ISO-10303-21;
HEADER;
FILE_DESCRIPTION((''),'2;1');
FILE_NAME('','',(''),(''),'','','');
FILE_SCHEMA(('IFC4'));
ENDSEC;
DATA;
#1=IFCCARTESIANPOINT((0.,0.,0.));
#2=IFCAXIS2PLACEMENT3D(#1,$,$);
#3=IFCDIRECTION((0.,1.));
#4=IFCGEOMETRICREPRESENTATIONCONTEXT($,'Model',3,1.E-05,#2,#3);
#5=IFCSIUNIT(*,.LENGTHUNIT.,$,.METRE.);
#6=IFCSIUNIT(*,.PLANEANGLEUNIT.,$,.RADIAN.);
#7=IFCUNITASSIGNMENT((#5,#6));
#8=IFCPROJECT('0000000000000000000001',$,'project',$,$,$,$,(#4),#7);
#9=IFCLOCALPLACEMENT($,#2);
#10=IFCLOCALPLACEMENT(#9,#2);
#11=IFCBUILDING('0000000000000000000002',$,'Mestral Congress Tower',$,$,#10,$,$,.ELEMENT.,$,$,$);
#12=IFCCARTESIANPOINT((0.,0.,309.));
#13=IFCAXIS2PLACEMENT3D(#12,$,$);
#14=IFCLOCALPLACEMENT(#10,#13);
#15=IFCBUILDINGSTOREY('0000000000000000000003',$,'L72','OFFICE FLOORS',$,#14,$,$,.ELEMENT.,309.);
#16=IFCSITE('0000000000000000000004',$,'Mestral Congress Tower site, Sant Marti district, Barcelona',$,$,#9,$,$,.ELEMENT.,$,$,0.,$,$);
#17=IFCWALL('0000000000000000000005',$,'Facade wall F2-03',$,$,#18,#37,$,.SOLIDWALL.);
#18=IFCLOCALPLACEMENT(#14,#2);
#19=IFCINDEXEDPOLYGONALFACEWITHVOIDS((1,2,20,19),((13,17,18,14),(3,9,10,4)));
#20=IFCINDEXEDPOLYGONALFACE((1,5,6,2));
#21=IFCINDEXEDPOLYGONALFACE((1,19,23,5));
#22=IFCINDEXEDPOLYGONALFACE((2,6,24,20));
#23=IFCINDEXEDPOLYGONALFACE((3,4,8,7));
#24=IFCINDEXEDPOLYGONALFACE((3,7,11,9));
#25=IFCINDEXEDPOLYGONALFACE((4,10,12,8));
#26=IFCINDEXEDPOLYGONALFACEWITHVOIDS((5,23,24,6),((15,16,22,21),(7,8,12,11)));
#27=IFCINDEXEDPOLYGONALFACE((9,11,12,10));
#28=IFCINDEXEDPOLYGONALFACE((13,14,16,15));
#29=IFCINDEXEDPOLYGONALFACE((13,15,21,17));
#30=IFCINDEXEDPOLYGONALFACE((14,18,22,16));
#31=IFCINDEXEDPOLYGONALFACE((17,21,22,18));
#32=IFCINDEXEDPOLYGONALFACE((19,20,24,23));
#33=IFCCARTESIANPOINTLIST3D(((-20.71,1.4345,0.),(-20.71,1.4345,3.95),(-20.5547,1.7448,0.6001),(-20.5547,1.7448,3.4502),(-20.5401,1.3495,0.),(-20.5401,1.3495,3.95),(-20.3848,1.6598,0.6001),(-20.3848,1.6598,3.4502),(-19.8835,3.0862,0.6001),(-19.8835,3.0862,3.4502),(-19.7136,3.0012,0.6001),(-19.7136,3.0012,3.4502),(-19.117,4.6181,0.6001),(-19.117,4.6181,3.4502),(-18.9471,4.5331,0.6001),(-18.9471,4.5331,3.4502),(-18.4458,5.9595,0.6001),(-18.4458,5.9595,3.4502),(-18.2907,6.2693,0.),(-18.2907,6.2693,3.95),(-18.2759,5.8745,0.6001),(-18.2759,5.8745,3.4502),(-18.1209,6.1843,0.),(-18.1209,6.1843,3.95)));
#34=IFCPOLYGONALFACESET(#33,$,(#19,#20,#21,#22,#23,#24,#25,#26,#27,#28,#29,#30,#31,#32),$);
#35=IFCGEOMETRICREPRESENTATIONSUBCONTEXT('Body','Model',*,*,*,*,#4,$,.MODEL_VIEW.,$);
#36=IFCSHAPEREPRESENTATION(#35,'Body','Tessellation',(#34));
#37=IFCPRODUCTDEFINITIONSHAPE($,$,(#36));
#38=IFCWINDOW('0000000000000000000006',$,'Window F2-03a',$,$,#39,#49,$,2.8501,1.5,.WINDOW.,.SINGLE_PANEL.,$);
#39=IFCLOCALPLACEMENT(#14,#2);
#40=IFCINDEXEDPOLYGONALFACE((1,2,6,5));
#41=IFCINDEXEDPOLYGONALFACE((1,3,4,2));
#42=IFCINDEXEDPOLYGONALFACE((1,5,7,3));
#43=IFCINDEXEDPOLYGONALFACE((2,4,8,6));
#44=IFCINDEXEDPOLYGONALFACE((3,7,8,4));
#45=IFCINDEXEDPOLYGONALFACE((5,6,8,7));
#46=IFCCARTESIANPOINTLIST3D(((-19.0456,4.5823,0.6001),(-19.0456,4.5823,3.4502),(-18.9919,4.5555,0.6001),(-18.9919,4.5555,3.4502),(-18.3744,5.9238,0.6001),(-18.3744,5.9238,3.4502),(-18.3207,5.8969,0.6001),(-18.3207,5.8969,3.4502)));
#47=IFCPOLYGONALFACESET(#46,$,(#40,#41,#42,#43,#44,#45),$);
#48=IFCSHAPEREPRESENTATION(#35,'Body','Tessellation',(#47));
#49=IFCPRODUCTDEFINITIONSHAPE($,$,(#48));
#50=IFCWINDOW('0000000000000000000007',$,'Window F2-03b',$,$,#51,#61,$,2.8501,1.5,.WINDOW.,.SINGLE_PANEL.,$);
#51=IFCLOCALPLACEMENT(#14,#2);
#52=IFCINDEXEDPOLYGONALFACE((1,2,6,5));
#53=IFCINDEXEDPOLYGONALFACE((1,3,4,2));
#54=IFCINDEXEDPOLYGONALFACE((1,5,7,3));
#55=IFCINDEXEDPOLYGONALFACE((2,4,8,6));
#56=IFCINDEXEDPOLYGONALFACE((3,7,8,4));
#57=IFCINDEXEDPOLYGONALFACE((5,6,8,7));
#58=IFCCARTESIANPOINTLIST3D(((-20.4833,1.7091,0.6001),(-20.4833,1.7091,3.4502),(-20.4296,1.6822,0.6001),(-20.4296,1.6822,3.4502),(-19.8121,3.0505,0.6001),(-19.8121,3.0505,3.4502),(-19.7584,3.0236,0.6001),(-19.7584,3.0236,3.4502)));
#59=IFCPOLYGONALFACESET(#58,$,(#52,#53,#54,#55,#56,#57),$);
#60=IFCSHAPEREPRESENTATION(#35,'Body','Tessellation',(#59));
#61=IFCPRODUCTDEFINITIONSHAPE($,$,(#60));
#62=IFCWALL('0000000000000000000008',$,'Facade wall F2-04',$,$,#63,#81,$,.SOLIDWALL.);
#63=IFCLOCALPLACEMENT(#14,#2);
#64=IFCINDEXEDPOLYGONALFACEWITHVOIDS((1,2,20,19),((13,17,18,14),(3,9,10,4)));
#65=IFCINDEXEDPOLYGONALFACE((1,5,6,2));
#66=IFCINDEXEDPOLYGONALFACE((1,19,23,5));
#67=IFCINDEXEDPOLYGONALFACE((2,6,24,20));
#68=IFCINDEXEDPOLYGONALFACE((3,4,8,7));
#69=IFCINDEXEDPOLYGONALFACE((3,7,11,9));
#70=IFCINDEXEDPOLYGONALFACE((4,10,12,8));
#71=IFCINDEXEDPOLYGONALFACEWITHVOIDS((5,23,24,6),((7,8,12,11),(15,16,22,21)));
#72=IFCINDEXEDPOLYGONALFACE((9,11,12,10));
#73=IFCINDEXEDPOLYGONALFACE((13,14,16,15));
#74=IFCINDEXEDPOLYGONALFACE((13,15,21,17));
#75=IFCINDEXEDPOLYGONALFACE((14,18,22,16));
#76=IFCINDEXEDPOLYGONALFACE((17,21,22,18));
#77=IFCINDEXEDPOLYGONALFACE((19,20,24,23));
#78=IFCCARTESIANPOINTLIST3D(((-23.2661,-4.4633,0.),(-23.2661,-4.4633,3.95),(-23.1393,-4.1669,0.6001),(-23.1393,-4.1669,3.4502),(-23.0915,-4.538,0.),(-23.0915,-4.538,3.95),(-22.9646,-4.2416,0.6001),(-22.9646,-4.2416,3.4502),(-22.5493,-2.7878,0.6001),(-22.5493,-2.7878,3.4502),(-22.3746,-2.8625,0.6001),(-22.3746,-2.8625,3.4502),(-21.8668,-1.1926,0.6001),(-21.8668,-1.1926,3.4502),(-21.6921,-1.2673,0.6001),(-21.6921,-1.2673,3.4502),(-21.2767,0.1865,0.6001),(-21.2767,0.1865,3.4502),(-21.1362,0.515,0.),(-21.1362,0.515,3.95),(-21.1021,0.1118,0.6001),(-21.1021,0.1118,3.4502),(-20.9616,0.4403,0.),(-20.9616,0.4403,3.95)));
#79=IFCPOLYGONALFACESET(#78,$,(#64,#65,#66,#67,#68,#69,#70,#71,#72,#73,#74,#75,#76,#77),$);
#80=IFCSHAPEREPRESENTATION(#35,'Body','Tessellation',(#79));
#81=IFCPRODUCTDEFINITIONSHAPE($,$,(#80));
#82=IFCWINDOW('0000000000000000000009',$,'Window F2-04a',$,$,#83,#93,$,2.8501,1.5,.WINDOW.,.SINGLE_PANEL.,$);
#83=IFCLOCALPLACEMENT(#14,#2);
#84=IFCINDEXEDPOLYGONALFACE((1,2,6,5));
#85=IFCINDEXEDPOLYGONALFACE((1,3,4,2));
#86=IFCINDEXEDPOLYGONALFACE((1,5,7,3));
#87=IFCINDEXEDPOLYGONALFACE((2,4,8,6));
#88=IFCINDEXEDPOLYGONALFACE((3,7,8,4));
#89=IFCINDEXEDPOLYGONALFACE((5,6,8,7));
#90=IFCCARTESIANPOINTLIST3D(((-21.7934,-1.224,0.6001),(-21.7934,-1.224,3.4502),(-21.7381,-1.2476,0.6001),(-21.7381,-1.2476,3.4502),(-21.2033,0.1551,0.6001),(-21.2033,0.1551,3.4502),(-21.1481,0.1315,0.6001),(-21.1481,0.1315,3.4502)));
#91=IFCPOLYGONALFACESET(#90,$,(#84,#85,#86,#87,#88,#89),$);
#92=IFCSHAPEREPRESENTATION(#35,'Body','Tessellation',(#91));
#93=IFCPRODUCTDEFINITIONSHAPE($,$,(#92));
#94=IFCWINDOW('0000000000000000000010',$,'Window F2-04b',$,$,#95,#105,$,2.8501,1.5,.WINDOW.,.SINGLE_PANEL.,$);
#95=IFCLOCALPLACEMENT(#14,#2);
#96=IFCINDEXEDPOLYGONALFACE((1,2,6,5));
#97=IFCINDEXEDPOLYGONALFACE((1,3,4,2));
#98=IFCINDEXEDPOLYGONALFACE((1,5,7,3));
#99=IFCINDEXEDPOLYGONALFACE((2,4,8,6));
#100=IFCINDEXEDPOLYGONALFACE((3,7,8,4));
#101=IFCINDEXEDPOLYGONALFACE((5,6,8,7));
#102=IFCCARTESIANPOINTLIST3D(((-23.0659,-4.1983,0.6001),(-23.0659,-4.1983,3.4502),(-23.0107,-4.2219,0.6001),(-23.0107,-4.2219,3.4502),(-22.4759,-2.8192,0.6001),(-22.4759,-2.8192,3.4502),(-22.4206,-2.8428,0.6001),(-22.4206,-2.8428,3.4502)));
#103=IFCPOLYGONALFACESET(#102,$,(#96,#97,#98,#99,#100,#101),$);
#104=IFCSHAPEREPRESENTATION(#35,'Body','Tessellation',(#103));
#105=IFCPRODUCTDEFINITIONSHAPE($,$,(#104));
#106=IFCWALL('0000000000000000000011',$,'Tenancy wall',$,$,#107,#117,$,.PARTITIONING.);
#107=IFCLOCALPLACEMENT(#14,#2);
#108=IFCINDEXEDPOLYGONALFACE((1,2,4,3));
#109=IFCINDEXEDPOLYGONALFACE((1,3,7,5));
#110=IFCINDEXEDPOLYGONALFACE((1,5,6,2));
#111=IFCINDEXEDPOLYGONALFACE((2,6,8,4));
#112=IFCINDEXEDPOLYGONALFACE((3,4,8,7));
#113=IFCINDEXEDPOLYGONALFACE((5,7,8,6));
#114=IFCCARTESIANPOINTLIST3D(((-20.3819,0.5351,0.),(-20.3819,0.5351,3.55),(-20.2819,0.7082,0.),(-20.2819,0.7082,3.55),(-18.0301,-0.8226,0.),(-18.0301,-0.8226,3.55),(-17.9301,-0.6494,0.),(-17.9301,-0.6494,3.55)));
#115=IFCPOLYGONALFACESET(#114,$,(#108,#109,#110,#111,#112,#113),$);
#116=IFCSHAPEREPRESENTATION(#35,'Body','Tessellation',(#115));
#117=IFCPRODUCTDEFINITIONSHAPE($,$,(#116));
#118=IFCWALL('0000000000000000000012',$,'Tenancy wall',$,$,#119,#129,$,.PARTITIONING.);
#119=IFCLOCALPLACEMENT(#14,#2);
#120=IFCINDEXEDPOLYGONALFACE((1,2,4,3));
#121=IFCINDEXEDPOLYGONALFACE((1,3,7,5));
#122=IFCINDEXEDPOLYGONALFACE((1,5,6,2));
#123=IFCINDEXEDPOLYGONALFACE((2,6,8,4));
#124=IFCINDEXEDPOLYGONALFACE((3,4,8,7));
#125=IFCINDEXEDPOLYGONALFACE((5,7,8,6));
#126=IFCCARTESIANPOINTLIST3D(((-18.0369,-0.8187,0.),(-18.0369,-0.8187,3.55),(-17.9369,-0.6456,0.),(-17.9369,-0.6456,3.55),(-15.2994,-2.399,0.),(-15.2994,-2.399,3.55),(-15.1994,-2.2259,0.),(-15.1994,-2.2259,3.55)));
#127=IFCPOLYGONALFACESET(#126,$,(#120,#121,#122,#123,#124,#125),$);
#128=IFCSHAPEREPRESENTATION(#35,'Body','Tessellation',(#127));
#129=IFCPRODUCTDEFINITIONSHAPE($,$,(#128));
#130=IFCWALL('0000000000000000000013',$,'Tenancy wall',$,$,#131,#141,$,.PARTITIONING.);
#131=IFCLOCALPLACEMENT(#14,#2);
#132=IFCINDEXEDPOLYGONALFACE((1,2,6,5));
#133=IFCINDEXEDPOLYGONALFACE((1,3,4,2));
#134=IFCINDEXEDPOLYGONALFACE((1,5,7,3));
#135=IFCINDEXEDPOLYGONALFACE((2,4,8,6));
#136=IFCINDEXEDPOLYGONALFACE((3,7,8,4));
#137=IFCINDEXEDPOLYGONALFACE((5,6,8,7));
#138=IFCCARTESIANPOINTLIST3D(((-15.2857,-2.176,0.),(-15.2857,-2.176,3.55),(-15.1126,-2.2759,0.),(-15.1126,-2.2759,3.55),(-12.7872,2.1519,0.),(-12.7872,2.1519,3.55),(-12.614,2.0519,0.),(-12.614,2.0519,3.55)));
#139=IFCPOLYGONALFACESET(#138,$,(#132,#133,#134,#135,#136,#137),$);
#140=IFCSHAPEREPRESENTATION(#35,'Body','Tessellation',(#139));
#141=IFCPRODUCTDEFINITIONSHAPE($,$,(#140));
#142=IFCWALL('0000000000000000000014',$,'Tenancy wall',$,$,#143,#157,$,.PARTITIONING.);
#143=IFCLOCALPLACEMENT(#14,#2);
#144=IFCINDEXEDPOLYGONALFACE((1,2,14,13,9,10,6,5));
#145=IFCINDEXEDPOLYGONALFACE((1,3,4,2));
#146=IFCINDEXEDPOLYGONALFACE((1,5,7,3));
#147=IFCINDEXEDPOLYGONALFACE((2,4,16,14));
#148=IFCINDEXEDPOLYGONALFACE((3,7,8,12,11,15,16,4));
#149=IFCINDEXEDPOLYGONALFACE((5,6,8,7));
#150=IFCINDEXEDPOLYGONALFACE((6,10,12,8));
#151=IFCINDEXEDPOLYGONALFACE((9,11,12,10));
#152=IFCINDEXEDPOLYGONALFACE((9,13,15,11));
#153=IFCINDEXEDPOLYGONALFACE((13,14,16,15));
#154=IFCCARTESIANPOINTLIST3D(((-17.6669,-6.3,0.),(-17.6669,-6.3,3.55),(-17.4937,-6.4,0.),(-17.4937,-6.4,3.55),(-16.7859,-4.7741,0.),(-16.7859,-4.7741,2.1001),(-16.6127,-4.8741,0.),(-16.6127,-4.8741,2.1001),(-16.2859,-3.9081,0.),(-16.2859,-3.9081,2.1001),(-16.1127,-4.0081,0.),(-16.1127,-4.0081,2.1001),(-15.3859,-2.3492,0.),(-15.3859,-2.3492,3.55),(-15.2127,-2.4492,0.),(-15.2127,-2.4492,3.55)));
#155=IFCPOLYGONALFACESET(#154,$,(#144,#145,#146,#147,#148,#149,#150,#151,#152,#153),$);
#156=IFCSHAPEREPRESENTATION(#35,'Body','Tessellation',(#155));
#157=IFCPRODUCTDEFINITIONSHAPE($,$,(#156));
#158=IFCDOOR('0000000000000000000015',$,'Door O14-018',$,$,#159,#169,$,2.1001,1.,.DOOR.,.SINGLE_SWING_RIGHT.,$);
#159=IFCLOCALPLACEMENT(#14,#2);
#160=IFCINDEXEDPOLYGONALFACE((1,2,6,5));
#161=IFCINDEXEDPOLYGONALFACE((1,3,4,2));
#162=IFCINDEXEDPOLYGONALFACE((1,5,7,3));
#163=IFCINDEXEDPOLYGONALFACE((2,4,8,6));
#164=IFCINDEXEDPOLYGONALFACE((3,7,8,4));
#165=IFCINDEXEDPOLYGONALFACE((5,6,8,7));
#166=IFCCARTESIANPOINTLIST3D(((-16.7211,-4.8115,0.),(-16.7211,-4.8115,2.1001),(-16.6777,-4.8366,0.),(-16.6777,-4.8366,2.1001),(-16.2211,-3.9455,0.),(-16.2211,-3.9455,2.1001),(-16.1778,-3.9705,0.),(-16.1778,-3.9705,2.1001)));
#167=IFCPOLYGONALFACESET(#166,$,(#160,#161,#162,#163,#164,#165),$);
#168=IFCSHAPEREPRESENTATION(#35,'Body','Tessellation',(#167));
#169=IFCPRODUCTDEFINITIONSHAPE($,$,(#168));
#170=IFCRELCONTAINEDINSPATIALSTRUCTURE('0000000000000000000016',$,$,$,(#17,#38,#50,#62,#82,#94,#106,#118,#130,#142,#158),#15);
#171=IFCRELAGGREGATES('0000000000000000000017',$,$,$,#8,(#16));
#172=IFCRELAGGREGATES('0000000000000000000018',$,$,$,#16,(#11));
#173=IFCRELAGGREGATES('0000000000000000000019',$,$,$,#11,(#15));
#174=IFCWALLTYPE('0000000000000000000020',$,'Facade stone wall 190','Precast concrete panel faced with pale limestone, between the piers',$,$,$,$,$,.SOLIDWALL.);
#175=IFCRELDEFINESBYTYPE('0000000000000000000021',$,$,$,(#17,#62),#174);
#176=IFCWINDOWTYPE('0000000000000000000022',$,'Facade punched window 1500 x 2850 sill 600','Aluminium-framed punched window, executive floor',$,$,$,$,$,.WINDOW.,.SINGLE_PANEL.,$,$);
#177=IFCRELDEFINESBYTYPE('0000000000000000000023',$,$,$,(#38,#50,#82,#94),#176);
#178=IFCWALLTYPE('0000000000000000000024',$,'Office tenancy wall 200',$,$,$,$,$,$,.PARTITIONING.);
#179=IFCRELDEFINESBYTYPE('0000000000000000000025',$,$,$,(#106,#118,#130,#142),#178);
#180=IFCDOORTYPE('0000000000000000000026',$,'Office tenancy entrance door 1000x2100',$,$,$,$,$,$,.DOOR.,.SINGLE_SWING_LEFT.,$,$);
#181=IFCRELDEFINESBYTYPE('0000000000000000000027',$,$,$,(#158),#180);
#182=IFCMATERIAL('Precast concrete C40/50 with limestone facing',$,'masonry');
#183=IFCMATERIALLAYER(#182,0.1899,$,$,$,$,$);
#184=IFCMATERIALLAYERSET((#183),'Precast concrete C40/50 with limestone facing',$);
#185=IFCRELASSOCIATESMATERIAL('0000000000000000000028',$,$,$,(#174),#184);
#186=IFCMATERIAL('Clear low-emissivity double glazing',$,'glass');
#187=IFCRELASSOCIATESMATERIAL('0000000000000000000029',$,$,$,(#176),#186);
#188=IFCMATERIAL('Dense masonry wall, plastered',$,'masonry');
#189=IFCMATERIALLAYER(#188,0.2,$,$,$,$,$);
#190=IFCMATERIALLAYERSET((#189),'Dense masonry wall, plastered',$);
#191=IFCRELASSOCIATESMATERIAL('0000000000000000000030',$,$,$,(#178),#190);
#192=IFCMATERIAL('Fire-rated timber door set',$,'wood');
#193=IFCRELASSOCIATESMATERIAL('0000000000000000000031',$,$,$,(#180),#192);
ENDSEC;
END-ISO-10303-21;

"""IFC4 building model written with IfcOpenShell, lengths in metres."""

from ifc_helpers import new_model, si_unit, direction, frame, frame_2d, origin, place, context, subcontext, project, spatial, rectangle, extrude, material, layer, layer_set, type_object, element, fill, save


model = new_model("IFC4")

# Units and contexts
model_context = context("Model", 3, precision=1e-05, world=origin(), true_north=direction((0.0, 1.0)))
body_context = subcontext(model_context, "Body", "Model", "MODEL_VIEW")
ifc_project = project(units=[si_unit("LENGTHUNIT", "METRE"), si_unit("PLANEANGLEUNIT", "RADIAN")], contexts=[model_context])

# Site, building, storey
site_placement = place(None, origin())
site = spatial("IfcSite", under=ifc_project, at=site_placement, Name="Mestral Congress Tower site, Sant Marti district, Barcelona", CompositionType="ELEMENT", RefElevation=0.0)
building_placement = place(site_placement, origin())
building = spatial("IfcBuilding", under=site, at=building_placement, Name="Mestral Congress Tower", CompositionType="ELEMENT")
storey_placement = place(building_placement, frame((0.0, 0.0, 309.0)))
storey = spatial("IfcBuildingStorey", under=building, at=storey_placement, Name="L72", Description="OFFICE FLOORS", CompositionType="ELEMENT", Elevation=309.0)

# Walls, openings, windows
ifc_material_1 = material(Name="Precast concrete C40/50 with limestone facing", Category="masonry")
ifc_layer_1 = layer(ifc_material_1, 0.1899)
ifc_layer_set_1 = layer_set([ifc_layer_1], Name="Precast concrete C40/50 with limestone facing")
wall_type_1 = type_object("IfcWallType", Name="Facade stone wall 190", Description="Precast concrete panel faced with pale limestone, between the piers", PredefinedType="SOLIDWALL", material=ifc_layer_set_1)
wall_1_placement = place(storey_placement, frame((-18.2058, 6.2268, 0.0), z_axis=(0.0, 0.0, 1.0), x_axis=(-0.447485, -0.894292, 0.0)))
wall_1 = element("IfcWall", 1, at=wall_1_placement, inside=storey, type_object=wall_type_1, Name="Facade wall F2-03", PredefinedType="SOLIDWALL", context=body_context, shape_type="SweptSolid", body=[
    extrude(rectangle(XDim=5.4062, YDim=0.1899, at=frame_2d((2.7031, 0.0))), origin(), (0.0, 0.0, 1.0), 3.95),
])
opening_1_placement = place(wall_1_placement, frame((0.3464, 0.0, 0.6001)))
opening_1 = element("IfcOpeningElement", 2, at=opening_1_placement, cuts=wall_1, PredefinedType="OPENING", context=body_context, shape_type="SweptSolid", body=[
    extrude(rectangle(XDim=1.5, YDim=2.8501, at=frame_2d((0.75, 1.425))), frame((0.0, 0.105, 0.0), z_axis=(0.0, -1.0, 0.0), x_axis=(1.0, 0.0, 0.0)), (0.0, 0.0, 1.0), 0.21),
])
opening_2_placement = place(wall_1_placement, frame((3.5593, 0.0, 0.6001)))
opening_2 = element("IfcOpeningElement", 3, at=opening_2_placement, cuts=wall_1, PredefinedType="OPENING", context=body_context, shape_type="SweptSolid", body=[
    extrude(rectangle(XDim=1.5, YDim=2.8501, at=frame_2d((0.75, 1.425))), frame((0.0, 0.105, 0.0), z_axis=(0.0, -1.0, 0.0), x_axis=(1.0, 0.0, 0.0)), (0.0, 0.0, 1.0), 0.21),
])
ifc_material_2 = material(Name="Clear low-emissivity double glazing", Category="glass")
window_type = type_object("IfcWindowType", Name="Facade punched window 1500 x 2850 sill 600", Description="Aluminium-framed punched window, executive floor", PartitioningType="SINGLE_PANEL", PredefinedType="WINDOW", material=ifc_material_2)
window_1_placement = place(opening_1_placement, origin())
window_1 = element("IfcWindow", 4, at=window_1_placement, inside=storey, type_object=window_type, Name="Window F2-03a", OverallHeight=2.8501, OverallWidth=1.5, PartitioningType="SINGLE_PANEL", PredefinedType="WINDOW", context=body_context, shape_type="SweptSolid", body=[
    extrude(rectangle(XDim=1.5, YDim=2.8501, at=frame_2d((0.75, 1.425))), frame((0.0, 0.0449, 0.0), z_axis=(0.0, -1.0, 0.0), x_axis=(1.0, 0.0, 0.0)), (0.0, 0.0, 1.0), 0.0601),
])
fill(opening_1, window_1)
window_2_placement = place(opening_2_placement, origin())
window_2 = element("IfcWindow", 5, at=window_2_placement, inside=storey, type_object=window_type, Name="Window F2-03b", OverallHeight=2.8501, OverallWidth=1.5, PartitioningType="SINGLE_PANEL", PredefinedType="WINDOW", context=body_context, shape_type="SweptSolid", body=[
    extrude(rectangle(XDim=1.5, YDim=2.8501, at=frame_2d((0.75, 1.425))), frame((0.0, 0.0449, 0.0), z_axis=(0.0, -1.0, 0.0), x_axis=(1.0, 0.0, 0.0)), (0.0, 0.0, 1.0), 0.0601),
])
fill(opening_2, window_2)
wall_2_placement = place(storey_placement, frame((-21.0488, 0.4778, 0.0), z_axis=(0.0, 0.0, 1.0), x_axis=(-0.393348, -0.91939, 0.0)))
wall_2 = element("IfcWall", 6, at=wall_2_placement, inside=storey, type_object=wall_type_1, Name="Facade wall F2-04", PredefinedType="SOLIDWALL", context=body_context, shape_type="SweptSolid", body=[
    extrude(rectangle(XDim=5.4148, YDim=0.1899, at=frame_2d((2.7075, 0.0))), origin(), (0.0, 0.0, 1.0), 3.95),
])
opening_3_placement = place(wall_2_placement, frame((0.3574, 0.0, 0.6001)))
opening_3 = element("IfcOpeningElement", 7, at=opening_3_placement, cuts=wall_2, PredefinedType="OPENING", context=body_context, shape_type="SweptSolid", body=[
    extrude(rectangle(XDim=1.5, YDim=2.8501, at=frame_2d((0.75, 1.425))), frame((0.0, 0.105, 0.0), z_axis=(0.0, -1.0, 0.0), x_axis=(1.0, 0.0, 0.0)), (0.0, 0.0, 1.0), 0.21),
])
opening_4_placement = place(wall_2_placement, frame((3.5925, 0.0, 0.6001)))
opening_4 = element("IfcOpeningElement", 8, at=opening_4_placement, cuts=wall_2, PredefinedType="OPENING", context=body_context, shape_type="SweptSolid", body=[
    extrude(rectangle(XDim=1.5, YDim=2.8501, at=frame_2d((0.75, 1.425))), frame((0.0, 0.105, 0.0), z_axis=(0.0, -1.0, 0.0), x_axis=(1.0, 0.0, 0.0)), (0.0, 0.0, 1.0), 0.21),
])
window_3_placement = place(opening_3_placement, origin())
window_3 = element("IfcWindow", 9, at=window_3_placement, inside=storey, type_object=window_type, Name="Window F2-04a", OverallHeight=2.8501, OverallWidth=1.5, PartitioningType="SINGLE_PANEL", PredefinedType="WINDOW", context=body_context, shape_type="SweptSolid", body=[
    extrude(rectangle(XDim=1.5, YDim=2.8501, at=frame_2d((0.75, 1.425))), frame((0.0, 0.0449, 0.0), z_axis=(0.0, -1.0, 0.0), x_axis=(1.0, 0.0, 0.0)), (0.0, 0.0, 1.0), 0.0601),
])
fill(opening_3, window_3)
window_4_placement = place(opening_4_placement, origin())
window_4 = element("IfcWindow", 10, at=window_4_placement, inside=storey, type_object=window_type, Name="Window F2-04b", OverallHeight=2.8501, OverallWidth=1.5, PartitioningType="SINGLE_PANEL", PredefinedType="WINDOW", context=body_context, shape_type="SweptSolid", body=[
    extrude(rectangle(XDim=1.5, YDim=2.8501, at=frame_2d((0.75, 1.425))), frame((0.0, 0.0449, 0.0), z_axis=(0.0, -1.0, 0.0), x_axis=(1.0, 0.0, 0.0)), (0.0, 0.0, 1.0), 0.0601),
])
fill(opening_4, window_4)

# Walls
ifc_material_3 = material(Name="Dense masonry wall, plastered", Category="masonry")
ifc_layer_2 = layer(ifc_material_3, 0.2)
ifc_layer_set_2 = layer_set([ifc_layer_2], Name="Dense masonry wall, plastered")
wall_type_2 = type_object("IfcWallType", Name="Office tenancy wall 200", PredefinedType="PARTITIONING", material=ifc_layer_set_2)
wall_3_placement = place(storey_placement, frame((-17.98, -0.7361, 0.0), z_axis=(0.0, 0.0, 1.0), x_axis=(-0.866049, 0.499959, 0.0)))
element("IfcWall", 11, at=wall_3_placement, inside=storey, type_object=wall_type_2, Name="Tenancy wall", PredefinedType="PARTITIONING", context=body_context, shape_type="SweptSolid", body=[
    extrude(rectangle(XDim=2.7156, YDim=0.2, at=frame_2d((1.3579, 0.0))), origin(), (0.0, 0.0, 1.0), 3.55),
])
wall_4_placement = place(storey_placement, frame((-15.2493, -2.3125, 0.0), z_axis=(0.0, 0.0, 1.0), x_axis=(-0.866053, 0.499952, 0.0)))
element("IfcWall", 12, at=wall_4_placement, inside=storey, type_object=wall_type_2, Name="Tenancy wall", PredefinedType="PARTITIONING", context=body_context, shape_type="SweptSolid", body=[
    extrude(rectangle(XDim=3.1609, YDim=0.2, at=frame_2d((1.5806, 0.0))), origin(), (0.0, 0.0, 1.0), 3.55),
])
wall_5_placement = place(storey_placement, frame((-12.7007, 2.1018, 0.0), z_axis=(0.0, 0.0, 1.0), x_axis=(-0.499975, -0.86604, 0.0)))
element("IfcWall", 13, at=wall_5_placement, inside=storey, type_object=wall_type_2, Name="Tenancy wall", PredefinedType="PARTITIONING", context=body_context, shape_type="SweptSolid", body=[
    extrude(rectangle(XDim=4.9973, YDim=0.2, at=frame_2d((2.4985, 0.0))), origin(), (0.0, 0.0, 1.0), 3.55),
])

# Wall, opening, door
wall_6_placement = place(storey_placement, frame((-15.2993, -2.3992, 0.0), z_axis=(0.0, 0.0, 1.0), x_axis=(-0.49999, -0.866031, 0.0)))
wall_6 = element("IfcWall", 14, at=wall_6_placement, inside=storey, type_object=wall_type_2, Name="Tenancy wall", PredefinedType="PARTITIONING", context=body_context, shape_type="SweptSolid", body=[
    extrude(rectangle(XDim=4.562, YDim=0.2, at=frame_2d((2.281, 0.0))), origin(), (0.0, 0.0, 1.0), 3.55),
])
opening_5_placement = place(wall_6_placement, frame((1.8, 0.0, 0.0)))
opening_5 = element("IfcOpeningElement", 15, at=opening_5_placement, cuts=wall_6, PredefinedType="OPENING", context=body_context, shape_type="SweptSolid", body=[
    extrude(rectangle(XDim=1.0, YDim=2.1001, at=frame_2d((0.5, 1.05))), frame((0.0, 0.1099, 0.0), z_axis=(0.0, -1.0, 0.0), x_axis=(1.0, 0.0, 0.0)), (0.0, 0.0, 1.0), 0.22),
])
ifc_material_4 = material(Name="Fire-rated timber door set", Category="wood")
door_type_1 = type_object("IfcDoorType", Name="Office tenancy entrance door 1000x2100", OperationType="SINGLE_SWING_LEFT", PredefinedType="DOOR", material=ifc_material_4)
door_1_placement = place(opening_5_placement, origin())
door_1 = element("IfcDoor", 16, at=door_1_placement, inside=storey, type_object=door_type_1, Name="Door O14-018", OperationType="SINGLE_SWING_RIGHT", OverallHeight=2.1001, OverallWidth=1.0, PredefinedType="DOOR", context=body_context, shape_type="SweptSolid", body=[
    extrude(rectangle(XDim=1.0, YDim=2.1001, at=frame_2d((0.5, 1.05))), frame((0.0, 0.0249, 0.0), z_axis=(0.0, -1.0, 0.0), x_axis=(1.0, 0.0, 0.0)), (0.0, 0.0, 1.0), 0.05),
])
fill(opening_5, door_1)

save(model, "model.ifc")
